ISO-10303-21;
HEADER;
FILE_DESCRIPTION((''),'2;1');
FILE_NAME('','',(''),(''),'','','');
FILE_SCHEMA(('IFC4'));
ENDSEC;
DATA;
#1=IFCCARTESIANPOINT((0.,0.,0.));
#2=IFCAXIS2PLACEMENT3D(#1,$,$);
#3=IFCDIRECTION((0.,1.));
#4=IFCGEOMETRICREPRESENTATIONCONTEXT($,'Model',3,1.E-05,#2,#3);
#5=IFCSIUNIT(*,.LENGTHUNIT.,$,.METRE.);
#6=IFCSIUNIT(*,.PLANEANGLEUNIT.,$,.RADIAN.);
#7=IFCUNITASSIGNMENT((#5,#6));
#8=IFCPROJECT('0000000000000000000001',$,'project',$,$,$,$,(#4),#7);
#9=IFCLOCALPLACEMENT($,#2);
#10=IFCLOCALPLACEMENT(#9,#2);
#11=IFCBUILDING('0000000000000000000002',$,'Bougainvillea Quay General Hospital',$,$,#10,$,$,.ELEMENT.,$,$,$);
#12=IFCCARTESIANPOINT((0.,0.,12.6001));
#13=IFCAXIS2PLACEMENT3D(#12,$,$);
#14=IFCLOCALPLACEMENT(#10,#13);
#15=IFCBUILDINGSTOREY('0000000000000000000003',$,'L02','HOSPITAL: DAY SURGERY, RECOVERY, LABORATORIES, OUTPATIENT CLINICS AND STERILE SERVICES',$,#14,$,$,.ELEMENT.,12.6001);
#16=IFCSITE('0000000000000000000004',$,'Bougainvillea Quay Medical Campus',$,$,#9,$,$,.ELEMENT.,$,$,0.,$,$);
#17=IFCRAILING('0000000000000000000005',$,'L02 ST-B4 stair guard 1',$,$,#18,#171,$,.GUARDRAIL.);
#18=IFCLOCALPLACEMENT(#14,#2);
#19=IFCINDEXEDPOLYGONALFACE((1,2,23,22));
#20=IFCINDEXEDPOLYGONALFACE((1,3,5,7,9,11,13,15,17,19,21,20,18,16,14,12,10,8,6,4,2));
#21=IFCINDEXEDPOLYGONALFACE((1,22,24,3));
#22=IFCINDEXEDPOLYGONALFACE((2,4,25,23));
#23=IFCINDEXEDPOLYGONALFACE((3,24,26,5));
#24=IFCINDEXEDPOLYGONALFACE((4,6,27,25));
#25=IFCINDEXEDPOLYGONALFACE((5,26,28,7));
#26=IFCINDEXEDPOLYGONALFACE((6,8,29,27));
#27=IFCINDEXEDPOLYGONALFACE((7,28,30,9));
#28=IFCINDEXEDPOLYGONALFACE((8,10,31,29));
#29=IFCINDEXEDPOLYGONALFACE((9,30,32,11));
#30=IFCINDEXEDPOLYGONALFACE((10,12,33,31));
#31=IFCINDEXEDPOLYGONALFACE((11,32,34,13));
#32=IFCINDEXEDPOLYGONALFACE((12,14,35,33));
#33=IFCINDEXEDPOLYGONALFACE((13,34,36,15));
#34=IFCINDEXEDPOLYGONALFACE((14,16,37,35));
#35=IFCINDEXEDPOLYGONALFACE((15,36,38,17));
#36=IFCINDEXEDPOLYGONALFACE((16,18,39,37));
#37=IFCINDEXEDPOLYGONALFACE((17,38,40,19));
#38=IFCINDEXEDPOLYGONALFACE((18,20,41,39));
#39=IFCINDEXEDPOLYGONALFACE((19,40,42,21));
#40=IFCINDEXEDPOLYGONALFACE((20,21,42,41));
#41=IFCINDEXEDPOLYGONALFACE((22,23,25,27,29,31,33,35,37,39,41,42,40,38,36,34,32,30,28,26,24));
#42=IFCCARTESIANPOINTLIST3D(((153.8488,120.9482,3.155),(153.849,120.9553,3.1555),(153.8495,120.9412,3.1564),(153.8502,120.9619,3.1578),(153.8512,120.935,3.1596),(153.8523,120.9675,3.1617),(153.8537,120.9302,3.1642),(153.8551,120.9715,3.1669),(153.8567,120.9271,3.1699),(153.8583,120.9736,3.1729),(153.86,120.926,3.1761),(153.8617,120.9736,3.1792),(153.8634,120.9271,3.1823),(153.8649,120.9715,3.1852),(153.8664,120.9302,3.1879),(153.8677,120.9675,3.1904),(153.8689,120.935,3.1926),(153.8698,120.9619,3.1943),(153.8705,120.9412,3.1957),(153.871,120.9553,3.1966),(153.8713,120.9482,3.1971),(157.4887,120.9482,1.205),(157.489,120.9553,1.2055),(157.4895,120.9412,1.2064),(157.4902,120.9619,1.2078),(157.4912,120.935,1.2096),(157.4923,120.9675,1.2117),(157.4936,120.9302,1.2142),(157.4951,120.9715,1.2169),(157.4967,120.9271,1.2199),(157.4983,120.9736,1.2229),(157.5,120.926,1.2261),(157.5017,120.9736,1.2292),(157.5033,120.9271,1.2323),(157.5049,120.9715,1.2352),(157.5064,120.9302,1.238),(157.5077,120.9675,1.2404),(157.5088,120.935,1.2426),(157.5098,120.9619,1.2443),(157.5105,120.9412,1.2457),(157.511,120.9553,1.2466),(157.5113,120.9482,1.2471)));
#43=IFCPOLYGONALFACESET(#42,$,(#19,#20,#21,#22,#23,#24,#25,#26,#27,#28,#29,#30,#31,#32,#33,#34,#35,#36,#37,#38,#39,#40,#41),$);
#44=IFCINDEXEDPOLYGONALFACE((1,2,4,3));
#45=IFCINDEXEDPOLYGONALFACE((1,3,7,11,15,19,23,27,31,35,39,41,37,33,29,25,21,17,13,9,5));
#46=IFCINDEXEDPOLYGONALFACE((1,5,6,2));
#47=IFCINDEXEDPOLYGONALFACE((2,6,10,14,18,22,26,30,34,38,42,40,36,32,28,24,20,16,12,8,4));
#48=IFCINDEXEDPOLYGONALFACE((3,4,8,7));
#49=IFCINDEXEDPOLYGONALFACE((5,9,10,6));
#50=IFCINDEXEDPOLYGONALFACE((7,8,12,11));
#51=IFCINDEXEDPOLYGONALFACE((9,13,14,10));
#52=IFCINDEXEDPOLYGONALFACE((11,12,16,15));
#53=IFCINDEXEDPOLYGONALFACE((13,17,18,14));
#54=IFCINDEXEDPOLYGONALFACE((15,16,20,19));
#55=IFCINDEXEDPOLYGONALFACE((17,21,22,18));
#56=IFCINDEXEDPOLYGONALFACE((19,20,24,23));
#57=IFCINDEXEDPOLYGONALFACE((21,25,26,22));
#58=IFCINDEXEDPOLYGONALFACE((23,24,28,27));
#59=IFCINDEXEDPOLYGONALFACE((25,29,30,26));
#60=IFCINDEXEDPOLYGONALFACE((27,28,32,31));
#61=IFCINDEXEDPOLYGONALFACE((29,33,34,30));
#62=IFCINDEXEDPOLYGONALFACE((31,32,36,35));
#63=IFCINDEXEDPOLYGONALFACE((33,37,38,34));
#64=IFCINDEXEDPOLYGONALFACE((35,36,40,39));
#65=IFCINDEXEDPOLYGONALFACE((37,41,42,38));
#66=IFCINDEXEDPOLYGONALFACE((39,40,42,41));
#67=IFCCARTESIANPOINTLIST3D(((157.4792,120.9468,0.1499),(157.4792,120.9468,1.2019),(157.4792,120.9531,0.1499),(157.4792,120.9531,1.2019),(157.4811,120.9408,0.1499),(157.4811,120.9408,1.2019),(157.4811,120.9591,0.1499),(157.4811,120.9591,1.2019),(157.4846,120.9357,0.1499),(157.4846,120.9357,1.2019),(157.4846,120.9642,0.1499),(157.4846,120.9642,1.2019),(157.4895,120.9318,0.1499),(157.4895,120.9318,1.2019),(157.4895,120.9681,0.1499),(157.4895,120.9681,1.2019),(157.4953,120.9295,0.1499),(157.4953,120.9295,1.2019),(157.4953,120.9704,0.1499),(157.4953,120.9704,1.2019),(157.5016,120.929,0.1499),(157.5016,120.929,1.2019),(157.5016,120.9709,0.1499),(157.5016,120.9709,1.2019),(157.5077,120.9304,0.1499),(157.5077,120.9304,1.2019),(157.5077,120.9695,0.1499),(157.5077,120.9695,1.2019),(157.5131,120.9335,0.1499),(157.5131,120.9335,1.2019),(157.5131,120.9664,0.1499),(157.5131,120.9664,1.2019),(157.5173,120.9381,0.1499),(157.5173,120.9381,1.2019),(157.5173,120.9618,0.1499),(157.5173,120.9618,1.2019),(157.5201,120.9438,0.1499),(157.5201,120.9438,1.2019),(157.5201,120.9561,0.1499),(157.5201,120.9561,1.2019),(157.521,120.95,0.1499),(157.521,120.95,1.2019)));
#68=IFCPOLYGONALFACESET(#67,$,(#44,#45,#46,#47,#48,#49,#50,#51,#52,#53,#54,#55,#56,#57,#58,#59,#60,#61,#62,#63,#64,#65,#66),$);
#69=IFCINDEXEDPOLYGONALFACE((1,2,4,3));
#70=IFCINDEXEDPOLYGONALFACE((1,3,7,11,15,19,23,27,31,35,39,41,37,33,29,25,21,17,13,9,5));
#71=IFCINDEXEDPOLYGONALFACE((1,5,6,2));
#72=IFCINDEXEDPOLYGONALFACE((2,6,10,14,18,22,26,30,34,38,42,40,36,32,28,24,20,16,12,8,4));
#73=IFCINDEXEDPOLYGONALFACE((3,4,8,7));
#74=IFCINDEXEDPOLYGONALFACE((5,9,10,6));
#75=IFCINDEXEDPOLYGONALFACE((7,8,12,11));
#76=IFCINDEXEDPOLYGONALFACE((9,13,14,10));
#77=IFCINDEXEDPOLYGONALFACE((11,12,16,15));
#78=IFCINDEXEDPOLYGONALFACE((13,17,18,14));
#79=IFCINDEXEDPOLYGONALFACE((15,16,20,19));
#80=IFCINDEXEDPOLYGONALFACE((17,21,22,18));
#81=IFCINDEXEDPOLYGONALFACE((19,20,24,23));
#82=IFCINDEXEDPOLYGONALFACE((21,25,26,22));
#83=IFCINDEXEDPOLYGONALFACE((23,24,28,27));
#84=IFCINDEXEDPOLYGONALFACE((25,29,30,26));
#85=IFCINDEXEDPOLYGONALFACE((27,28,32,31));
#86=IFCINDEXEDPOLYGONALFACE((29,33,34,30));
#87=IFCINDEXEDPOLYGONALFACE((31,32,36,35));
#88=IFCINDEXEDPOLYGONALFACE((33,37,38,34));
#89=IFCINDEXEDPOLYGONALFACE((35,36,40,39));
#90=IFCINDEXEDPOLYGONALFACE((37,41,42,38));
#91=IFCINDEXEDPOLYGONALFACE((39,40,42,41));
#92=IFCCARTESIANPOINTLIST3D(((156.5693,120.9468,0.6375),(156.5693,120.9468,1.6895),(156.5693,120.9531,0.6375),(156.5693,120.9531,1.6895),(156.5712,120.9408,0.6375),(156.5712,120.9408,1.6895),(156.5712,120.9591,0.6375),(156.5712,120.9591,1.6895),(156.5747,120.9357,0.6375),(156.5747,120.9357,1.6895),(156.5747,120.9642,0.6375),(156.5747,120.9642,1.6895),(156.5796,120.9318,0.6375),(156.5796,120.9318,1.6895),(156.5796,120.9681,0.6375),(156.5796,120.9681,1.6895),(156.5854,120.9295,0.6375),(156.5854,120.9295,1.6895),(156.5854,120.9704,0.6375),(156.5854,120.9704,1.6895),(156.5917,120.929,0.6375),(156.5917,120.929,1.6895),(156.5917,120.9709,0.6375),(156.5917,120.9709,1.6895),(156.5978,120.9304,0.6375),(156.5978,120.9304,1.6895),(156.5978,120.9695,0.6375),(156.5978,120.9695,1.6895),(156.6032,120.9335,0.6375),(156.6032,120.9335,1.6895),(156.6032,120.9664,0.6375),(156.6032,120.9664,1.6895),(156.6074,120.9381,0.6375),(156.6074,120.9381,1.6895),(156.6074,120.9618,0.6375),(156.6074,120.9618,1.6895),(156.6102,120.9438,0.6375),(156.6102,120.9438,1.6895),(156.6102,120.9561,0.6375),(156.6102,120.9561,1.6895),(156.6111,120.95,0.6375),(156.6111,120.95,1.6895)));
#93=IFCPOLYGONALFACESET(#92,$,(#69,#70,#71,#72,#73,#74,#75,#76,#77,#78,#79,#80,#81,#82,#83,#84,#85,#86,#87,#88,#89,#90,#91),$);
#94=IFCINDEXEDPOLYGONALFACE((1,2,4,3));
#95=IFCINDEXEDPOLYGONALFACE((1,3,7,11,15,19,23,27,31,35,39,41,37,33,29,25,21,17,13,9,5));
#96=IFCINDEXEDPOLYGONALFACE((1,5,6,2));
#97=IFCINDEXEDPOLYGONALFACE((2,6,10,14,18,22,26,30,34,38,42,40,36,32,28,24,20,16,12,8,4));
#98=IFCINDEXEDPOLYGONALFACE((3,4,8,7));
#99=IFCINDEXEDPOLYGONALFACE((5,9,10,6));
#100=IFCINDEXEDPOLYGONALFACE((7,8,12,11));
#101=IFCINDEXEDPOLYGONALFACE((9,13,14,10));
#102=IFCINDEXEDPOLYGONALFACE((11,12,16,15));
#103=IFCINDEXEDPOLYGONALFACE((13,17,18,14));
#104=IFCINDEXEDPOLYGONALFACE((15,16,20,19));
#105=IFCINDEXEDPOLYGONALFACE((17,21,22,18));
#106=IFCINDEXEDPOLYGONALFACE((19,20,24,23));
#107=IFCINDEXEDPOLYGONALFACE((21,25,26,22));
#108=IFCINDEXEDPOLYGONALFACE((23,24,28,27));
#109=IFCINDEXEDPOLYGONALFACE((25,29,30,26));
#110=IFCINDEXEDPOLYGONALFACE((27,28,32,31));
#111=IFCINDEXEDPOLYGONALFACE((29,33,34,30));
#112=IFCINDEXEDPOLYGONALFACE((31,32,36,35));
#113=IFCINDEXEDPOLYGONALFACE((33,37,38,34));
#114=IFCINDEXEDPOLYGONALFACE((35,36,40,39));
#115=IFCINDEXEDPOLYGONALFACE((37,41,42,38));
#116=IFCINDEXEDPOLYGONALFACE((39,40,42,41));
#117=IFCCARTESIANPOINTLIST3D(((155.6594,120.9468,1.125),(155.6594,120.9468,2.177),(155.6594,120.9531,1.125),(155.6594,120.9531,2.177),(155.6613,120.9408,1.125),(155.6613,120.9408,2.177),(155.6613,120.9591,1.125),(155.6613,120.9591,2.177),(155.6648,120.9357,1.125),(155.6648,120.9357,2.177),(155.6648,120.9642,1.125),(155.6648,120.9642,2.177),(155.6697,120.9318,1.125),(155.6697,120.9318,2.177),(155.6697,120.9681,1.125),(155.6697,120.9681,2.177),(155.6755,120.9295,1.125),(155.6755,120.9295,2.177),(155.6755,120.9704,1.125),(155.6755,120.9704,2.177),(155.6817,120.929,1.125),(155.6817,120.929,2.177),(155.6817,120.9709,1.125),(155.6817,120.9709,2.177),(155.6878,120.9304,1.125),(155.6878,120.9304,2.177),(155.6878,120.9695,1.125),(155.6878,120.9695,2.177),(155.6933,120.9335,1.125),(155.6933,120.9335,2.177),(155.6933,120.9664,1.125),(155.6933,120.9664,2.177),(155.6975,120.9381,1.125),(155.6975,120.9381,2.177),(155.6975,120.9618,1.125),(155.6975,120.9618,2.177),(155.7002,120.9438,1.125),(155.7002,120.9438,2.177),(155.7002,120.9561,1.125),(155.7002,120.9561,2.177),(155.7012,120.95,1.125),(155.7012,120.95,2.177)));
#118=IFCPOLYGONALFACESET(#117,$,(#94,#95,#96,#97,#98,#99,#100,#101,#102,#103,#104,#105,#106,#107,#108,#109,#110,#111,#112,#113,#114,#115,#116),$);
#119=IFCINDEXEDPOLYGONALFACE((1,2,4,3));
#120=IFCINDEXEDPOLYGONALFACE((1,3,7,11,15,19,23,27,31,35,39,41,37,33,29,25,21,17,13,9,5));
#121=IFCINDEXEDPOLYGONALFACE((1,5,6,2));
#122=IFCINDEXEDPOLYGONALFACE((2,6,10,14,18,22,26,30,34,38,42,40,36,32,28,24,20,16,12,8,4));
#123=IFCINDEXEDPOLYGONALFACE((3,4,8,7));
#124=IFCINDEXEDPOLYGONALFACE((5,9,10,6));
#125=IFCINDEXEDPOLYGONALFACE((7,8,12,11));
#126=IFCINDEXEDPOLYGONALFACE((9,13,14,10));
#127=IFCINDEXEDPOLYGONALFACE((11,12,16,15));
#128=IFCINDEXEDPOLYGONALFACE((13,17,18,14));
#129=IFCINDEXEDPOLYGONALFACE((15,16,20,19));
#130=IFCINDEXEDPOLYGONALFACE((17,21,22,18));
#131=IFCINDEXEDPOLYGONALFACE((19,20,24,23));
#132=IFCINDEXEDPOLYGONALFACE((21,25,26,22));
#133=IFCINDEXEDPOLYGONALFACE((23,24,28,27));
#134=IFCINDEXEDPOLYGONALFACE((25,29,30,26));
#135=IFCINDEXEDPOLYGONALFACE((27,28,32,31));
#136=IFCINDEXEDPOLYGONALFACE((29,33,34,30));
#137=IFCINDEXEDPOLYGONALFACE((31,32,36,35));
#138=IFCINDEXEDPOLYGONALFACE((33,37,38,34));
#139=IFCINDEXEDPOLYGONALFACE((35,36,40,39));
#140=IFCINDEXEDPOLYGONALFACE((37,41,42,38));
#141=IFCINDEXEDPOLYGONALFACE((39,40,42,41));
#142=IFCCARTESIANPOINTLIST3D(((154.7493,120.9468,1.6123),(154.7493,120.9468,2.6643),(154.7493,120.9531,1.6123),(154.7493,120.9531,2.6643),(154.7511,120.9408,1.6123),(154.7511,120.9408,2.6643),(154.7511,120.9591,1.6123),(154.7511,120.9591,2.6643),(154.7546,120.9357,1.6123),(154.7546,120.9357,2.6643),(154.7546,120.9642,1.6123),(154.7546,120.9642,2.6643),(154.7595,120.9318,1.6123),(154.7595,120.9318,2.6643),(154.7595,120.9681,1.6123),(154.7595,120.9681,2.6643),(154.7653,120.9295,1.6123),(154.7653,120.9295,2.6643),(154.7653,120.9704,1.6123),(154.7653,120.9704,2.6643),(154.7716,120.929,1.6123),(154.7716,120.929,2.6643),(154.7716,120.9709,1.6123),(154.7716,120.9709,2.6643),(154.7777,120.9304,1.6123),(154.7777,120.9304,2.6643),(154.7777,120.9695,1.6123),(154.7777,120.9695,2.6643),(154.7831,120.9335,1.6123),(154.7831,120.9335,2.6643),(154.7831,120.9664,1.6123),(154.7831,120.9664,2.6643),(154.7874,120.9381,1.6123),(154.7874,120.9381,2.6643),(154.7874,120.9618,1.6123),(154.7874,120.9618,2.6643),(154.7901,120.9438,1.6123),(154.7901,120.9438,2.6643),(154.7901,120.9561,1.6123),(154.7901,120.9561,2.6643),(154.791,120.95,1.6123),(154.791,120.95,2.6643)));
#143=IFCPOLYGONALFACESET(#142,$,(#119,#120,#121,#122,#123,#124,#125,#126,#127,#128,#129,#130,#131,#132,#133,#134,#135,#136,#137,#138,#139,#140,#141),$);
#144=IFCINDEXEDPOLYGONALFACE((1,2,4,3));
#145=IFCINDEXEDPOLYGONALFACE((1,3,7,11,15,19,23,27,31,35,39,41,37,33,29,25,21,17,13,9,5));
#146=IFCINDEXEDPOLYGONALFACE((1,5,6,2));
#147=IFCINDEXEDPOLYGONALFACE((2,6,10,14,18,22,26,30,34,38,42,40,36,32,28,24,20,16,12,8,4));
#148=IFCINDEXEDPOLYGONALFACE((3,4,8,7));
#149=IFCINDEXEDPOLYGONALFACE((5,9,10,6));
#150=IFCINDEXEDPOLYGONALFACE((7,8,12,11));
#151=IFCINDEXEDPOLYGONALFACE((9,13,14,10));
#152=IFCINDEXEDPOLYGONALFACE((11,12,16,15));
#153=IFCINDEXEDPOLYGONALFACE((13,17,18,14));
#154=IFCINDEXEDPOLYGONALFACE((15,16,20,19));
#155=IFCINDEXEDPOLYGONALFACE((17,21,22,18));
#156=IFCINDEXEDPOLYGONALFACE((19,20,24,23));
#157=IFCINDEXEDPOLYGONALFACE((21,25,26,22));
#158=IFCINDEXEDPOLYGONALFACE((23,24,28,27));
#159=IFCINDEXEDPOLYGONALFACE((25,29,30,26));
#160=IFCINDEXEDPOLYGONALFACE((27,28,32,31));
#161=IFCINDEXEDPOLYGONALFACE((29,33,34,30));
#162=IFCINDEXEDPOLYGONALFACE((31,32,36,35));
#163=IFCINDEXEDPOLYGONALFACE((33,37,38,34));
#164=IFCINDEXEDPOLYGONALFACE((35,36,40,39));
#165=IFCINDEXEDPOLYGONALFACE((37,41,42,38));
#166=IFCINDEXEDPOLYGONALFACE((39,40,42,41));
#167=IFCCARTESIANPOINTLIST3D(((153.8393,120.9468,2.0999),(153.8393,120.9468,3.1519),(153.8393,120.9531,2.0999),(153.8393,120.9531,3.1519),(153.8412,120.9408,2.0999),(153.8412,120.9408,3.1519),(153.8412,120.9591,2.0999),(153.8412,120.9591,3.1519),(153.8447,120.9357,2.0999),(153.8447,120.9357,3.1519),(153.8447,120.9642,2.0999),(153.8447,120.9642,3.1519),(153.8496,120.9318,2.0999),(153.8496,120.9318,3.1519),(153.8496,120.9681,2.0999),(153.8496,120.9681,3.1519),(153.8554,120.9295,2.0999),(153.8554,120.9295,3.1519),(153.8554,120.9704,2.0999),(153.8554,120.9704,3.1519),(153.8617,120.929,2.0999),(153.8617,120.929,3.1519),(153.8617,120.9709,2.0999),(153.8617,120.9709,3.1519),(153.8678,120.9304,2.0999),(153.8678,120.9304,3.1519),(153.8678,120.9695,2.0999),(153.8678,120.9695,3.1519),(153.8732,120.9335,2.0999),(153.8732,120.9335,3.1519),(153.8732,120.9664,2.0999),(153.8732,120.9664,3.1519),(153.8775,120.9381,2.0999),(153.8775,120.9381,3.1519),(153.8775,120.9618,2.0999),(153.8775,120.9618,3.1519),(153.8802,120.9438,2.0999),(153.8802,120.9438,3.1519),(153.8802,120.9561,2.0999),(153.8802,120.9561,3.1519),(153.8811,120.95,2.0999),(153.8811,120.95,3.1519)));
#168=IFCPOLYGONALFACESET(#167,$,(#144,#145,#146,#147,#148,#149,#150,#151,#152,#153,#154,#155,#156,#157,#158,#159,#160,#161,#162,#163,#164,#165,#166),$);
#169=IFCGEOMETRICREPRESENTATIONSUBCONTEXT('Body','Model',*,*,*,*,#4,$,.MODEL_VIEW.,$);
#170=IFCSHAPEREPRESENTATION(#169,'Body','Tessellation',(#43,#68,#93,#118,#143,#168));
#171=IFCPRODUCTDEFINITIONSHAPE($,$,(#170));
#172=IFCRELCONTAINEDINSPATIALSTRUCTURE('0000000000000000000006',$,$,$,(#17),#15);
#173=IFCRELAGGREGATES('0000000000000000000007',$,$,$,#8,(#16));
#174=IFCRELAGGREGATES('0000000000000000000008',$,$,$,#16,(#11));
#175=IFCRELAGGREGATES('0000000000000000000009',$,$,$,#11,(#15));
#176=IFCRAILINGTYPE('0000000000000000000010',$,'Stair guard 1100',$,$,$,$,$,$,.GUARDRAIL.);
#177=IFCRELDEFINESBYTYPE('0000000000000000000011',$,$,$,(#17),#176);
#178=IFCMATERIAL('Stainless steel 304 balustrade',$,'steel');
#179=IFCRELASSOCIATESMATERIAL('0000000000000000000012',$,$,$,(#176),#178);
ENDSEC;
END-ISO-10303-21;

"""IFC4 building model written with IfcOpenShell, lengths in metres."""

from ifc_helpers import new_model, si_unit, direction, frame, origin, origin_2d, place, context, subcontext, project, spatial, circle, extrude, material, type_object, element, save


model = new_model("IFC4")

# Units and contexts
model_context = context("Model", 3, precision=1e-05, world=origin(), true_north=direction((0.0, 1.0)))
body_context = subcontext(model_context, "Body", "Model", "MODEL_VIEW")
ifc_project = project(units=[si_unit("LENGTHUNIT", "METRE"), si_unit("PLANEANGLEUNIT", "RADIAN")], contexts=[model_context])

# Site, building, storey
site_placement = place(None, origin())
site = spatial("IfcSite", under=ifc_project, at=site_placement, Name="Bougainvillea Quay Medical Campus", CompositionType="ELEMENT", RefElevation=0.0)
building_placement = place(site_placement, origin())
building = spatial("IfcBuilding", under=site, at=building_placement, Name="Bougainvillea Quay General Hospital", CompositionType="ELEMENT")
storey_placement = place(building_placement, frame((0.0, 0.0, 12.6001)))
storey = spatial("IfcBuildingStorey", under=building, at=storey_placement, Name="L02", Description="HOSPITAL: DAY SURGERY, RECOVERY, LABORATORIES, OUTPATIENT CLINICS AND STERILE SERVICES", CompositionType="ELEMENT", Elevation=12.6001)

# Railing
ifc_material_1 = material(Name="Stainless steel 304 balustrade", Category="steel")
railing_type_1 = type_object("IfcRailingType", Name="Stair guard 1100", PredefinedType="GUARDRAIL", material=ifc_material_1)
railing_1_placement = place(storey_placement, frame((157.5, 120.95, 0.1499)))
element("IfcRailing", 1, at=railing_1_placement, inside=storey, type_object=railing_type_1, Name="L02 ST-B4 stair guard 1", PredefinedType="GUARDRAIL", context=body_context, shape_type="SweptSolid", body=[
    extrude(circle(Radius=0.0239, at=origin_2d()), frame((0.0, 0.0, 1.0762), z_axis=(-0.881479, 0.0, 0.472223), x_axis=(0.0, -1.0, 0.0)), (0.0, 0.0, 1.0), 4.1294),
    extrude(circle(Radius=0.021, at=origin_2d()), origin(), (0.0, 0.0, 1.0), 1.052),
    extrude(circle(Radius=0.021, at=origin_2d()), frame((-0.9099, 0.0, 0.4875)), (0.0, 0.0, 1.0), 1.052),
    extrude(circle(Radius=0.021, at=origin_2d()), frame((-1.8198, 0.0, 0.9751)), (0.0, 0.0, 1.0), 1.052),
    extrude(circle(Radius=0.021, at=origin_2d()), frame((-2.73, 0.0, 1.4624)), (0.0, 0.0, 1.0), 1.052),
    extrude(circle(Radius=0.021, at=origin_2d()), frame((-3.6399, 0.0, 1.95)), (0.0, 0.0, 1.0), 1.052),
])

save(model, "model.ifc")
